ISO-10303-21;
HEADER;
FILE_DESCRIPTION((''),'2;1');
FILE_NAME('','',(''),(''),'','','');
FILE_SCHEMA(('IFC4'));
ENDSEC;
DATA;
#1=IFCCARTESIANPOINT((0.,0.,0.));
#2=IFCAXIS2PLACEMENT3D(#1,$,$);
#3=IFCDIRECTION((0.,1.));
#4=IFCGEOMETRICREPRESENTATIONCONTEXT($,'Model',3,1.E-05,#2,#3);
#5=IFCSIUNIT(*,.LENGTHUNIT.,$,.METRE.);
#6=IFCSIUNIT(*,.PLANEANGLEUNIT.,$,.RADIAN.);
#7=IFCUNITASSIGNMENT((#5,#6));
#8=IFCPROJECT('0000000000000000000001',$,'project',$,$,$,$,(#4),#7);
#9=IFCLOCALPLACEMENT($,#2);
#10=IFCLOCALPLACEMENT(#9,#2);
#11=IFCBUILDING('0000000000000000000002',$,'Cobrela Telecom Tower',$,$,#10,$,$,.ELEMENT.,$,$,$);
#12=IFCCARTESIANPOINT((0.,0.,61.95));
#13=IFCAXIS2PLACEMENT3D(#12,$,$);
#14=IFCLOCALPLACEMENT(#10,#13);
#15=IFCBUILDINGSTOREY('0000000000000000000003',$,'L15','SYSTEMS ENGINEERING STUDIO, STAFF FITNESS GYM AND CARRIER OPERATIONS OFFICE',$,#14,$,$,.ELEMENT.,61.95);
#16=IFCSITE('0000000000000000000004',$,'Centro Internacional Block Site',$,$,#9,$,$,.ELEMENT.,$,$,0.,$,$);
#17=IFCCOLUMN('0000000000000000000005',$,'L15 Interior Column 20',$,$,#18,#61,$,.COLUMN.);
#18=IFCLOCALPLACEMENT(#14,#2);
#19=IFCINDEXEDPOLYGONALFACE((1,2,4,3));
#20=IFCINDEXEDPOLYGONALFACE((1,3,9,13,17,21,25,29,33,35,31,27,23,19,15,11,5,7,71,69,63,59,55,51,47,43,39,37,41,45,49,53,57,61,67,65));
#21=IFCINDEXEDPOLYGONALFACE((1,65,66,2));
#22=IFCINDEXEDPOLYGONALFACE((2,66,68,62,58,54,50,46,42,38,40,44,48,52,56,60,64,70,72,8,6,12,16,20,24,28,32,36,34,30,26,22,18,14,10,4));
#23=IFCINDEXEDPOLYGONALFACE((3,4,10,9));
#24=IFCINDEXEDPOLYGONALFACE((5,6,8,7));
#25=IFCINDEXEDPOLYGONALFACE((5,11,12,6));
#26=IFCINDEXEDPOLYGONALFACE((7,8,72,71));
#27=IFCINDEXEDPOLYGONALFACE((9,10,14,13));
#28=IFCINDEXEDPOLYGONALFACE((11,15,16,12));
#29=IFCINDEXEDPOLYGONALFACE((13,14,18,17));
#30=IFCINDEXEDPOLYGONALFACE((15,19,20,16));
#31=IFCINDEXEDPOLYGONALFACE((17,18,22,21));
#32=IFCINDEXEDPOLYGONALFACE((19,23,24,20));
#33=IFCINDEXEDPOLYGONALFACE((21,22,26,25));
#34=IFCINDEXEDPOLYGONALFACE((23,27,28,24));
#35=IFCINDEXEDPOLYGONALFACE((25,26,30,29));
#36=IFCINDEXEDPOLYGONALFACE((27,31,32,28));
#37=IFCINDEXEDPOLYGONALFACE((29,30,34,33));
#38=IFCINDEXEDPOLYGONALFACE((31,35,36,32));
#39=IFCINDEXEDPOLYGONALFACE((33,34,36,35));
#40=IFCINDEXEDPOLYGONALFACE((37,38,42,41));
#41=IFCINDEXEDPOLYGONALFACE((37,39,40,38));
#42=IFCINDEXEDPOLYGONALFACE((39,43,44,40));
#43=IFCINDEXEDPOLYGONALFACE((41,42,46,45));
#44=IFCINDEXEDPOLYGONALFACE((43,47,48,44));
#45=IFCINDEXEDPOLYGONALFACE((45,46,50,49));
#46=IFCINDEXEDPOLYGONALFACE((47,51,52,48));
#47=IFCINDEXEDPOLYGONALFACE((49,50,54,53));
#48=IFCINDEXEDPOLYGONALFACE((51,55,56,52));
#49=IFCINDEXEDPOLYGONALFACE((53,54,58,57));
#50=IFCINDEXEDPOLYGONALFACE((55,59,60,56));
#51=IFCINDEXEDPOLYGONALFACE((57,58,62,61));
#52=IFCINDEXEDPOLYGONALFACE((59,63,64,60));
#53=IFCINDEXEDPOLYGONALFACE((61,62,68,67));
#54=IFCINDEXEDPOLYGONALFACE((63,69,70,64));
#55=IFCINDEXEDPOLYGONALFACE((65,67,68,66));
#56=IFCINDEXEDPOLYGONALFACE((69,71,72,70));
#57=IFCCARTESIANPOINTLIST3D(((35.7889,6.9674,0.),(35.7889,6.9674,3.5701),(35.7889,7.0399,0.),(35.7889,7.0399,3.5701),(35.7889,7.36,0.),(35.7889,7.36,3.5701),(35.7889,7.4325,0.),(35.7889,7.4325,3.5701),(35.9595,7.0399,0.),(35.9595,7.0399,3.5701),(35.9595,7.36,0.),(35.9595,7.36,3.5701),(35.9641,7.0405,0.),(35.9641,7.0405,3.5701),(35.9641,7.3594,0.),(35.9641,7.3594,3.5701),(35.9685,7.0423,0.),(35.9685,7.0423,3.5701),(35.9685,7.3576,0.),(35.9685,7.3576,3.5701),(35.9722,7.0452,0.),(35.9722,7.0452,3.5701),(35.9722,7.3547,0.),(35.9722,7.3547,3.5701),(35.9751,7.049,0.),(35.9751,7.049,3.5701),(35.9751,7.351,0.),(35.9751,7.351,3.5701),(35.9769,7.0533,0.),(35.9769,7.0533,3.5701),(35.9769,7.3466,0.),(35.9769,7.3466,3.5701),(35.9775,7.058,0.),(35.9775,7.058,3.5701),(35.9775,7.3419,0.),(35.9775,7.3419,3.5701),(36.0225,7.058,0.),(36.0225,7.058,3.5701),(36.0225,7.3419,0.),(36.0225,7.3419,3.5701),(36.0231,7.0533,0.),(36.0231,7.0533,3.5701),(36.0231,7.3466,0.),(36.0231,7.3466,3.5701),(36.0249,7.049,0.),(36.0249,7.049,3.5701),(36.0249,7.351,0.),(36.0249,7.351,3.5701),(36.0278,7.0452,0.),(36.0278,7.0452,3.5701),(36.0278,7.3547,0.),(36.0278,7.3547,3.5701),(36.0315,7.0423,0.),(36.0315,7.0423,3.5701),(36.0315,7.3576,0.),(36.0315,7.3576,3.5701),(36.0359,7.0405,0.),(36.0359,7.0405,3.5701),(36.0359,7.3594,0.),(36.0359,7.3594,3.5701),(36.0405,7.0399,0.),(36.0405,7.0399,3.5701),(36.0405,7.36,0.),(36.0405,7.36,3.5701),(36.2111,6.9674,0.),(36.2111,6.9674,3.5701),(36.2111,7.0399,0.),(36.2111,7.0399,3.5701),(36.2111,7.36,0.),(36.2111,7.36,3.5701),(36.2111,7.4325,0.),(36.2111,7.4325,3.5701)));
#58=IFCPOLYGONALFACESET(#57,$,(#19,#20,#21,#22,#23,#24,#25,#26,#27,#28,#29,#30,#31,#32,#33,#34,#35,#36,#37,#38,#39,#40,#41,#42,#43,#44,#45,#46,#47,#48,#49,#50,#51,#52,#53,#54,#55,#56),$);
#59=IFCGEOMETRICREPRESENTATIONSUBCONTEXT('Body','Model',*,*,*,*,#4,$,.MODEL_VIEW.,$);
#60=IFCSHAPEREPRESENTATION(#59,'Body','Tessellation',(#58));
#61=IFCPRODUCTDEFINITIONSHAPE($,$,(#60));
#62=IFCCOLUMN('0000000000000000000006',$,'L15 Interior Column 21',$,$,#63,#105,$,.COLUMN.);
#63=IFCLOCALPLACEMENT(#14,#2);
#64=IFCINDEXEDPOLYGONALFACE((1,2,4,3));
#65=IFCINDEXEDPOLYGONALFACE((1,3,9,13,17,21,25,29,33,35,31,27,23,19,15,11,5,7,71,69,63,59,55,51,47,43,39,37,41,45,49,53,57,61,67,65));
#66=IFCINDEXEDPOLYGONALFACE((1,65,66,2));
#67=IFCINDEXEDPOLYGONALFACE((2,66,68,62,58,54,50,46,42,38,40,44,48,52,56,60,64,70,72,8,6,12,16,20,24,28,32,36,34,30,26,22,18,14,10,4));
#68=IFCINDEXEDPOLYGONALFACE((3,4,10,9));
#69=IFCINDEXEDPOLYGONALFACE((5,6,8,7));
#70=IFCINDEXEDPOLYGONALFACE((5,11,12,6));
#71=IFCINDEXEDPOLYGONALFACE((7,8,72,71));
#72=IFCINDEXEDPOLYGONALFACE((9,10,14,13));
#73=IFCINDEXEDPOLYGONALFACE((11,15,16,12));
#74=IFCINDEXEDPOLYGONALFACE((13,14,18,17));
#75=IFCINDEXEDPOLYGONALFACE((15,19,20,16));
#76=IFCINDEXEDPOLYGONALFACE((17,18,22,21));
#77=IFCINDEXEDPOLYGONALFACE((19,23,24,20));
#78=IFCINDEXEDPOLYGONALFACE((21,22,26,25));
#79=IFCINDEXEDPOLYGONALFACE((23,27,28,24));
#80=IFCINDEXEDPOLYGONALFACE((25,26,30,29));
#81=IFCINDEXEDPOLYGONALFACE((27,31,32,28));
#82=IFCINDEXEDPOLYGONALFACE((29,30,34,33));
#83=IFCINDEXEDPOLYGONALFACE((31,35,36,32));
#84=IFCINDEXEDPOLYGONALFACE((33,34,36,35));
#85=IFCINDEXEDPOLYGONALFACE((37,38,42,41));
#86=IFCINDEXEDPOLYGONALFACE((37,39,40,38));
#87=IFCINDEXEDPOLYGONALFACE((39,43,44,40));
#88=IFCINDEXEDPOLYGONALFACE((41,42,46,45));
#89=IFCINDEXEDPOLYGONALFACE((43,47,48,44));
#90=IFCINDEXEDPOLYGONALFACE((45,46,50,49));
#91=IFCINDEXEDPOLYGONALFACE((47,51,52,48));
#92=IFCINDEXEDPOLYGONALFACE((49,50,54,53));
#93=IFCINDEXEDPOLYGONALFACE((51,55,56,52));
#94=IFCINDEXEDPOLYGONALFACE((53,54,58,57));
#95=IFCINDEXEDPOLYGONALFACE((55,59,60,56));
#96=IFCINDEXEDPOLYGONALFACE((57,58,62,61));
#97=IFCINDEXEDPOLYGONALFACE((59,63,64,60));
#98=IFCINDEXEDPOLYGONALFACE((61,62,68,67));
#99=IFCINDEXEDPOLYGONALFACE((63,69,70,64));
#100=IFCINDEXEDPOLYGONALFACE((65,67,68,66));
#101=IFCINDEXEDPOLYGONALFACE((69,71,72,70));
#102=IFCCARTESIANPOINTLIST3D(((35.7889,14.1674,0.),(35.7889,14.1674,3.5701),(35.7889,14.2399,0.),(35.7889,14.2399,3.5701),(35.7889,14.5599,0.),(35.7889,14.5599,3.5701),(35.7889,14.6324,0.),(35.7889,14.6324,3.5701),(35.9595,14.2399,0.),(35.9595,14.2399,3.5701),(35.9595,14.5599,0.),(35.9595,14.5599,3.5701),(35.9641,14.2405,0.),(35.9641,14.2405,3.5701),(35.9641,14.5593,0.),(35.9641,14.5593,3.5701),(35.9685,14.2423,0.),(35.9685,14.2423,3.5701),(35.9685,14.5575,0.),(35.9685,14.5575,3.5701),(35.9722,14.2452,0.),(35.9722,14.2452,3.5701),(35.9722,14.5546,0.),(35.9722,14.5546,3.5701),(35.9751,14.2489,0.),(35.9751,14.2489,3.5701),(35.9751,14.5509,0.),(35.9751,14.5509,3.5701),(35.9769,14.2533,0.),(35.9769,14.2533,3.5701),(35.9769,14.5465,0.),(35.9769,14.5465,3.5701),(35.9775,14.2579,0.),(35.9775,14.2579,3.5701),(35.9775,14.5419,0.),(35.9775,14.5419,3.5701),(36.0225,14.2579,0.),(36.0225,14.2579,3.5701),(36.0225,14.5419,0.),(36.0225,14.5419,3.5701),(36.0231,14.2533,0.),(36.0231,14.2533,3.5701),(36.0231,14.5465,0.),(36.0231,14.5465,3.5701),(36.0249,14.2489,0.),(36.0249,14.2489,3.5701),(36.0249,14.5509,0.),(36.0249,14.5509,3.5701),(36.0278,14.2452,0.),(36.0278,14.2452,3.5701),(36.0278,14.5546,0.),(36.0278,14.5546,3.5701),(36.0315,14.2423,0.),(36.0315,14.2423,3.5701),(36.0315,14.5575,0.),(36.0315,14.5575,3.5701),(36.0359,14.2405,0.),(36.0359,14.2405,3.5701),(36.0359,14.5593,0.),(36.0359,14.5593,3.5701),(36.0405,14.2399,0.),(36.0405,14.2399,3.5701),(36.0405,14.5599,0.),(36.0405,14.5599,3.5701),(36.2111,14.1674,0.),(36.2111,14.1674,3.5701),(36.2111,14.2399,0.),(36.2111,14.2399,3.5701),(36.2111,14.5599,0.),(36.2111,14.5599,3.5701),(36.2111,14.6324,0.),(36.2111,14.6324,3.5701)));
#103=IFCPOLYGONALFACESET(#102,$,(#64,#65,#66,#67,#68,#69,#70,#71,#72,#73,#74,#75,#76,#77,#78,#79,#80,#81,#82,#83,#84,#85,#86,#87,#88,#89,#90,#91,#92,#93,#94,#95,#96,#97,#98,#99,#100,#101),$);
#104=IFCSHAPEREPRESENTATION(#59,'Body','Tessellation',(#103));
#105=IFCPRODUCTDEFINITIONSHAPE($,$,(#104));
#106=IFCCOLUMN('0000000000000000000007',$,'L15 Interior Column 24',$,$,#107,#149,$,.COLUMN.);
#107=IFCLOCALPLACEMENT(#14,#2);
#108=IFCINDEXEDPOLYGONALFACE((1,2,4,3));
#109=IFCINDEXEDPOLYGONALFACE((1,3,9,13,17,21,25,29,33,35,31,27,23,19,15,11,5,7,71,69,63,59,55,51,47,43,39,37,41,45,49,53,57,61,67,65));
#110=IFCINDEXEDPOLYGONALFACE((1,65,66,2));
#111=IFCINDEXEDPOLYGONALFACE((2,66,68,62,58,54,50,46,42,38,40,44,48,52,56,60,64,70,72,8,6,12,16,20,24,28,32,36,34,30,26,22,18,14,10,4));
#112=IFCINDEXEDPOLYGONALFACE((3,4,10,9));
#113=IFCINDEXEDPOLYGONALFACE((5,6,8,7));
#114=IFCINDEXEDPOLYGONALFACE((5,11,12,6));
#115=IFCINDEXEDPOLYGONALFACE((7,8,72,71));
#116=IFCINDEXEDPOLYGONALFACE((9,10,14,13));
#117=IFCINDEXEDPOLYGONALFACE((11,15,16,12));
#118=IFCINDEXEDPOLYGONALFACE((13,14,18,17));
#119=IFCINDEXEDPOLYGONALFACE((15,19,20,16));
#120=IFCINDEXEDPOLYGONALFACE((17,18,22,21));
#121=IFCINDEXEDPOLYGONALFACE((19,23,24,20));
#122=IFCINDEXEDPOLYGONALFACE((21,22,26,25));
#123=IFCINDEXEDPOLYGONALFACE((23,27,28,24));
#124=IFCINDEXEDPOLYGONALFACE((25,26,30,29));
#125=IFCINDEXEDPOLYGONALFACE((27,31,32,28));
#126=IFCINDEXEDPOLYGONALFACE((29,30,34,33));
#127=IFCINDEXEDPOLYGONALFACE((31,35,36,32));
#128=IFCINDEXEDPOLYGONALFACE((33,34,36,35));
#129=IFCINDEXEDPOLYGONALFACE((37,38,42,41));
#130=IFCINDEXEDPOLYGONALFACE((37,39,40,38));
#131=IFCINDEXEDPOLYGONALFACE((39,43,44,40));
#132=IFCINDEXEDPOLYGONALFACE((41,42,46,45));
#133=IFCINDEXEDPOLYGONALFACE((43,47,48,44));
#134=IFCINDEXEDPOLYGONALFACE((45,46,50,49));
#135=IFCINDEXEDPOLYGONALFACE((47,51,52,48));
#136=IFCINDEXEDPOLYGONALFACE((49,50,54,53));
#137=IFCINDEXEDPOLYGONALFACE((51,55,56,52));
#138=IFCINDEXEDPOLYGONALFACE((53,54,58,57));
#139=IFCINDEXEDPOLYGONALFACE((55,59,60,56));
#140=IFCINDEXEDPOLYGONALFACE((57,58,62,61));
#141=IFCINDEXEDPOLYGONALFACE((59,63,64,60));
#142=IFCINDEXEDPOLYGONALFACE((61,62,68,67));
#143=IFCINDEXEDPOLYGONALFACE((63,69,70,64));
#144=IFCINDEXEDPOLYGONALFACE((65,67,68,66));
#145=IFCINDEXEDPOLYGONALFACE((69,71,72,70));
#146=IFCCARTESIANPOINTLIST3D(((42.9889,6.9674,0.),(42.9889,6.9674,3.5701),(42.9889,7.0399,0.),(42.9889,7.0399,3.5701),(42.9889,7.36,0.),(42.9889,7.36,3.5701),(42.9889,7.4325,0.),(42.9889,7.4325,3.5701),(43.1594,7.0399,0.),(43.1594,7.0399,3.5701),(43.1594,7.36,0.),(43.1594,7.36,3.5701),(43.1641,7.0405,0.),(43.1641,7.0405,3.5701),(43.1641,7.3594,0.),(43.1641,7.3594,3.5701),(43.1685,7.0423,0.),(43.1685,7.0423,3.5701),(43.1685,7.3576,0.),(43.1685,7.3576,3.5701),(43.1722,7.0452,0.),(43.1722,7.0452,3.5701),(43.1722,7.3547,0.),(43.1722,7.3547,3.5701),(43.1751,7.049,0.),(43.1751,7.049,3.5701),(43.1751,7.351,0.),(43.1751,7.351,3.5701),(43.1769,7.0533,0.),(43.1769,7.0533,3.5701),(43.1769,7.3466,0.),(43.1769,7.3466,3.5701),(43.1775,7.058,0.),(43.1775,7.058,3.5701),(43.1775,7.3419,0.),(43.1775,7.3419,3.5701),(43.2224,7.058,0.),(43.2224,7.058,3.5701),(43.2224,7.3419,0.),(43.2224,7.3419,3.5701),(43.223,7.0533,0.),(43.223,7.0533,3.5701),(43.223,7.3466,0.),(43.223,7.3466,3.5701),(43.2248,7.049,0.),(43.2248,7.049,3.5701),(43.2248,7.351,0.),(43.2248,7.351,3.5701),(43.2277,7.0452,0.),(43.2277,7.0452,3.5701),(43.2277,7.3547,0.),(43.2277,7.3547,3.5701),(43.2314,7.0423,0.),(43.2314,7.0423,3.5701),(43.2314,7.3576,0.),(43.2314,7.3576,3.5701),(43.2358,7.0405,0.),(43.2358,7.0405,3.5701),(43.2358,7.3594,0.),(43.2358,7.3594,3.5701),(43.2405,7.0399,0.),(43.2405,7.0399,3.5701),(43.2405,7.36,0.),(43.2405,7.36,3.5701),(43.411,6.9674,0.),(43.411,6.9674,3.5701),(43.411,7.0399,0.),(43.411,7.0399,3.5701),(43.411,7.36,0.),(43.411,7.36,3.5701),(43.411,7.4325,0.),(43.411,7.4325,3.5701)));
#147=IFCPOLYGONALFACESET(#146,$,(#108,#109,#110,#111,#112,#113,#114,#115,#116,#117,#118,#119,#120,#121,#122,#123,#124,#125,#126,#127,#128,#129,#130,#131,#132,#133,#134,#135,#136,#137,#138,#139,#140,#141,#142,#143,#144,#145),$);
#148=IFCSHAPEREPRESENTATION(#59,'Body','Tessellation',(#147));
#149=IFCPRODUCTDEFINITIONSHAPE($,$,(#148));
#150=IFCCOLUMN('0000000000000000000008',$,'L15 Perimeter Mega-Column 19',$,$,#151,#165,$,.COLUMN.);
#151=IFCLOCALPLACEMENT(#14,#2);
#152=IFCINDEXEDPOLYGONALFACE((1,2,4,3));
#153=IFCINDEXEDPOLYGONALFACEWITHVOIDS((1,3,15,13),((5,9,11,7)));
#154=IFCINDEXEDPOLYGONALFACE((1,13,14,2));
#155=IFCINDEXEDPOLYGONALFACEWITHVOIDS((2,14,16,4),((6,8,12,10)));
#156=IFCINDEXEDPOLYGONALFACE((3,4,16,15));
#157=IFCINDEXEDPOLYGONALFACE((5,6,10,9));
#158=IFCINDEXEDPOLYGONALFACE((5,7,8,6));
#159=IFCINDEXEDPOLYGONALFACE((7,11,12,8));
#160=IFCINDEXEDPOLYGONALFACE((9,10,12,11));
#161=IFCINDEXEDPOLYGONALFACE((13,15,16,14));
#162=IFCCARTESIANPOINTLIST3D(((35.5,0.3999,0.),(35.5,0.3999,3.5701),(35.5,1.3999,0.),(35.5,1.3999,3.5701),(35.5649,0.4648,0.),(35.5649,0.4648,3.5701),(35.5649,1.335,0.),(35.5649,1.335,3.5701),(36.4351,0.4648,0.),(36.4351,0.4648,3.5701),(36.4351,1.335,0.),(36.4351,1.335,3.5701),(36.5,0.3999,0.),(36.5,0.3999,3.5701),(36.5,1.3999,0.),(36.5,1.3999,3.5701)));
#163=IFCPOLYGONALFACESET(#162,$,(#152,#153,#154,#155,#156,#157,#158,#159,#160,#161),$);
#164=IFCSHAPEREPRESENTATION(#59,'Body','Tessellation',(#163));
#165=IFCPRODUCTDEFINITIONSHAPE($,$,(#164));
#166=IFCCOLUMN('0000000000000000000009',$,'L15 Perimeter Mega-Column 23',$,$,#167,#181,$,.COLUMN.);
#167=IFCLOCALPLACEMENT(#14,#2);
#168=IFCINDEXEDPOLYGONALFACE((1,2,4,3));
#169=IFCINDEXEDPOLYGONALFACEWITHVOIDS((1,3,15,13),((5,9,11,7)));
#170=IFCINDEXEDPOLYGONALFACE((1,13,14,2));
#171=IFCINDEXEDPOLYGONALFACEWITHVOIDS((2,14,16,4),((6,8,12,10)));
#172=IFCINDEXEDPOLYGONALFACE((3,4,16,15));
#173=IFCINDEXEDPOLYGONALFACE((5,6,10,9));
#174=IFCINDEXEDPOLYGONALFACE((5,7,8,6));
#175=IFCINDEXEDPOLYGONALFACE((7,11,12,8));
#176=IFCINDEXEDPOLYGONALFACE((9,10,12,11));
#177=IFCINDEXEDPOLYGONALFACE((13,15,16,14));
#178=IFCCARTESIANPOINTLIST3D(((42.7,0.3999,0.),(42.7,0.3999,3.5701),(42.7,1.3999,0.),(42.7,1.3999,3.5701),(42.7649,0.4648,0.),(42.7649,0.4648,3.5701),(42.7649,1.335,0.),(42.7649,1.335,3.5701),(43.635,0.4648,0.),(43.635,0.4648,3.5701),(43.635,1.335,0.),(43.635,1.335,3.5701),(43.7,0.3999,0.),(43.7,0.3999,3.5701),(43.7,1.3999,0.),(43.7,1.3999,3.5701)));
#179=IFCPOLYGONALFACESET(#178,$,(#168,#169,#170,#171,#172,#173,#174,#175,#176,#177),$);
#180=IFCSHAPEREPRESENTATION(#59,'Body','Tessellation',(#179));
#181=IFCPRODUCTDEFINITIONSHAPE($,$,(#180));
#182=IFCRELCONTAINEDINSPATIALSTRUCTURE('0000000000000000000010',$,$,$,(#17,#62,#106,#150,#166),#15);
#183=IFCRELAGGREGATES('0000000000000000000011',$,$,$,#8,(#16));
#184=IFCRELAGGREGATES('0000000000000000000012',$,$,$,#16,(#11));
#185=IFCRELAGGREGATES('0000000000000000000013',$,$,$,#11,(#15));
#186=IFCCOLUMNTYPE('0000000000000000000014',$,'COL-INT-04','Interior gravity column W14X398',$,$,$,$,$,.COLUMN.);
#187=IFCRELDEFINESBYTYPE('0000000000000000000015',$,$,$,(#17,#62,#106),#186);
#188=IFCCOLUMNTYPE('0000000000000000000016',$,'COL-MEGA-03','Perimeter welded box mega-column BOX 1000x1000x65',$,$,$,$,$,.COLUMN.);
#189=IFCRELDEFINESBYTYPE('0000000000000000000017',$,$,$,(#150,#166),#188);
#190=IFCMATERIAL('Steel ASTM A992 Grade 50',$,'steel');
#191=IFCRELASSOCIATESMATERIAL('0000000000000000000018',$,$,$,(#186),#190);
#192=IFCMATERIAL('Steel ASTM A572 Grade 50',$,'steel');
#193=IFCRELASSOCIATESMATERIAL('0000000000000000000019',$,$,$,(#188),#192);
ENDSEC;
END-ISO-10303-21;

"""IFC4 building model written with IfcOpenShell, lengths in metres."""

from ifc_helpers import new_model, si_unit, direction, frame, origin, origin_2d, place, context, subcontext, project, spatial, hollow_rectangle, i_section, extrude, material, material_profile, profile_set, type_object, element, save


model = new_model("IFC4")

# Units and contexts
model_context = context("Model", 3, precision=1e-05, world=origin(), true_north=direction((0.0, 1.0)))
body_context = subcontext(model_context, "Body", "Model", "MODEL_VIEW")
ifc_project = project(units=[si_unit("LENGTHUNIT", "METRE"), si_unit("PLANEANGLEUNIT", "RADIAN")], contexts=[model_context])

# Site, building, storey
site_placement = place(None, origin())
site = spatial("IfcSite", under=ifc_project, at=site_placement, Name="Centro Internacional Block Site", CompositionType="ELEMENT", RefElevation=0.0)
building_placement = place(site_placement, origin())
building = spatial("IfcBuilding", under=site, at=building_placement, Name="Cobrela Telecom Tower", CompositionType="ELEMENT")
storey_placement = place(building_placement, frame((0.0, 0.0, 61.95)))
storey = spatial("IfcBuildingStorey", under=building, at=storey_placement, Name="L15", Description="SYSTEMS ENGINEERING STUDIO, STAFF FITNESS GYM AND CARRIER OPERATIONS OFFICE", CompositionType="ELEMENT", Elevation=61.95)

# Columns
ifc_material_1 = material(Name="Steel ASTM A992 Grade 50", Category="steel")
ifc_material_profile_1 = material_profile(ifc_material_1, i_section(OverallWidth=0.4221, OverallDepth=0.4651, WebThickness=0.0449, FlangeThickness=0.0725, FilletRadius=0.0181, at=origin_2d()), Name="W14X398")
ifc_profile_set_1 = profile_set([ifc_material_profile_1], Name="Steel ASTM A992 Grade 50")
column_type_1 = type_object("IfcColumnType", Name="COL-INT-04", Description="Interior gravity column W14X398", PredefinedType="COLUMN", material=ifc_profile_set_1)
for number, where, z_axis, x_axis, name in (
    (1, (36.0, 7.2, 0.0), (0.0, 0.0, 1.0), (1.0, 0.0, 0.0), "L15 Interior Column 20"),
    (2, (36.0, 14.3999, 0.0), (0.0, 0.0, 1.0), (1.0, 0.0, 0.0), "L15 Interior Column 21"),
    (3, (43.2, 7.2, 0.0), (0.0, 0.0, 1.0), (1.0, 0.0, 0.0), "L15 Interior Column 24"),
):
    element("IfcColumn", number, at=place(storey_placement, frame(where, z_axis=z_axis, x_axis=x_axis)), inside=storey, type_object=column_type_1, Name=name, PredefinedType="COLUMN", context=body_context, shape_type="SweptSolid", body=[
        extrude(i_section(OverallWidth=0.4221, OverallDepth=0.4651, WebThickness=0.0449, FlangeThickness=0.0725, FilletRadius=0.0181, at=origin_2d()), origin(), (0.0, 0.0, 1.0), 3.5701),
    ])
ifc_material_2 = material(Name="Steel ASTM A572 Grade 50", Category="steel")
ifc_material_profile_2 = material_profile(ifc_material_2, hollow_rectangle(XDim=1.0, YDim=1.0, WallThickness=0.0649, at=origin_2d()), Name="BOX 1000x1000x65")
ifc_profile_set_2 = profile_set([ifc_material_profile_2], Name="Steel ASTM A572 Grade 50")
column_type_2 = type_object("IfcColumnType", Name="COL-MEGA-03", Description="Perimeter welded box mega-column BOX 1000x1000x65", PredefinedType="COLUMN", material=ifc_profile_set_2)
for number, where, z_axis, x_axis, name in (
    (4, (36.0, 0.8999, 0.0), (0.0, 0.0, 1.0), (1.0, 0.0, 0.0), "L15 Perimeter Mega-Column 19"),
    (5, (43.2, 0.8999, 0.0), (0.0, 0.0, 1.0), (1.0, 0.0, 0.0), "L15 Perimeter Mega-Column 23"),
):
    element("IfcColumn", number, at=place(storey_placement, frame(where, z_axis=z_axis, x_axis=x_axis)), inside=storey, type_object=column_type_2, Name=name, PredefinedType="COLUMN", context=body_context, shape_type="SweptSolid", body=[
        extrude(hollow_rectangle(XDim=1.0, YDim=1.0, WallThickness=0.0649, at=origin_2d()), origin(), (0.0, 0.0, 1.0), 3.5701),
    ])

save(model, "model.ifc")
